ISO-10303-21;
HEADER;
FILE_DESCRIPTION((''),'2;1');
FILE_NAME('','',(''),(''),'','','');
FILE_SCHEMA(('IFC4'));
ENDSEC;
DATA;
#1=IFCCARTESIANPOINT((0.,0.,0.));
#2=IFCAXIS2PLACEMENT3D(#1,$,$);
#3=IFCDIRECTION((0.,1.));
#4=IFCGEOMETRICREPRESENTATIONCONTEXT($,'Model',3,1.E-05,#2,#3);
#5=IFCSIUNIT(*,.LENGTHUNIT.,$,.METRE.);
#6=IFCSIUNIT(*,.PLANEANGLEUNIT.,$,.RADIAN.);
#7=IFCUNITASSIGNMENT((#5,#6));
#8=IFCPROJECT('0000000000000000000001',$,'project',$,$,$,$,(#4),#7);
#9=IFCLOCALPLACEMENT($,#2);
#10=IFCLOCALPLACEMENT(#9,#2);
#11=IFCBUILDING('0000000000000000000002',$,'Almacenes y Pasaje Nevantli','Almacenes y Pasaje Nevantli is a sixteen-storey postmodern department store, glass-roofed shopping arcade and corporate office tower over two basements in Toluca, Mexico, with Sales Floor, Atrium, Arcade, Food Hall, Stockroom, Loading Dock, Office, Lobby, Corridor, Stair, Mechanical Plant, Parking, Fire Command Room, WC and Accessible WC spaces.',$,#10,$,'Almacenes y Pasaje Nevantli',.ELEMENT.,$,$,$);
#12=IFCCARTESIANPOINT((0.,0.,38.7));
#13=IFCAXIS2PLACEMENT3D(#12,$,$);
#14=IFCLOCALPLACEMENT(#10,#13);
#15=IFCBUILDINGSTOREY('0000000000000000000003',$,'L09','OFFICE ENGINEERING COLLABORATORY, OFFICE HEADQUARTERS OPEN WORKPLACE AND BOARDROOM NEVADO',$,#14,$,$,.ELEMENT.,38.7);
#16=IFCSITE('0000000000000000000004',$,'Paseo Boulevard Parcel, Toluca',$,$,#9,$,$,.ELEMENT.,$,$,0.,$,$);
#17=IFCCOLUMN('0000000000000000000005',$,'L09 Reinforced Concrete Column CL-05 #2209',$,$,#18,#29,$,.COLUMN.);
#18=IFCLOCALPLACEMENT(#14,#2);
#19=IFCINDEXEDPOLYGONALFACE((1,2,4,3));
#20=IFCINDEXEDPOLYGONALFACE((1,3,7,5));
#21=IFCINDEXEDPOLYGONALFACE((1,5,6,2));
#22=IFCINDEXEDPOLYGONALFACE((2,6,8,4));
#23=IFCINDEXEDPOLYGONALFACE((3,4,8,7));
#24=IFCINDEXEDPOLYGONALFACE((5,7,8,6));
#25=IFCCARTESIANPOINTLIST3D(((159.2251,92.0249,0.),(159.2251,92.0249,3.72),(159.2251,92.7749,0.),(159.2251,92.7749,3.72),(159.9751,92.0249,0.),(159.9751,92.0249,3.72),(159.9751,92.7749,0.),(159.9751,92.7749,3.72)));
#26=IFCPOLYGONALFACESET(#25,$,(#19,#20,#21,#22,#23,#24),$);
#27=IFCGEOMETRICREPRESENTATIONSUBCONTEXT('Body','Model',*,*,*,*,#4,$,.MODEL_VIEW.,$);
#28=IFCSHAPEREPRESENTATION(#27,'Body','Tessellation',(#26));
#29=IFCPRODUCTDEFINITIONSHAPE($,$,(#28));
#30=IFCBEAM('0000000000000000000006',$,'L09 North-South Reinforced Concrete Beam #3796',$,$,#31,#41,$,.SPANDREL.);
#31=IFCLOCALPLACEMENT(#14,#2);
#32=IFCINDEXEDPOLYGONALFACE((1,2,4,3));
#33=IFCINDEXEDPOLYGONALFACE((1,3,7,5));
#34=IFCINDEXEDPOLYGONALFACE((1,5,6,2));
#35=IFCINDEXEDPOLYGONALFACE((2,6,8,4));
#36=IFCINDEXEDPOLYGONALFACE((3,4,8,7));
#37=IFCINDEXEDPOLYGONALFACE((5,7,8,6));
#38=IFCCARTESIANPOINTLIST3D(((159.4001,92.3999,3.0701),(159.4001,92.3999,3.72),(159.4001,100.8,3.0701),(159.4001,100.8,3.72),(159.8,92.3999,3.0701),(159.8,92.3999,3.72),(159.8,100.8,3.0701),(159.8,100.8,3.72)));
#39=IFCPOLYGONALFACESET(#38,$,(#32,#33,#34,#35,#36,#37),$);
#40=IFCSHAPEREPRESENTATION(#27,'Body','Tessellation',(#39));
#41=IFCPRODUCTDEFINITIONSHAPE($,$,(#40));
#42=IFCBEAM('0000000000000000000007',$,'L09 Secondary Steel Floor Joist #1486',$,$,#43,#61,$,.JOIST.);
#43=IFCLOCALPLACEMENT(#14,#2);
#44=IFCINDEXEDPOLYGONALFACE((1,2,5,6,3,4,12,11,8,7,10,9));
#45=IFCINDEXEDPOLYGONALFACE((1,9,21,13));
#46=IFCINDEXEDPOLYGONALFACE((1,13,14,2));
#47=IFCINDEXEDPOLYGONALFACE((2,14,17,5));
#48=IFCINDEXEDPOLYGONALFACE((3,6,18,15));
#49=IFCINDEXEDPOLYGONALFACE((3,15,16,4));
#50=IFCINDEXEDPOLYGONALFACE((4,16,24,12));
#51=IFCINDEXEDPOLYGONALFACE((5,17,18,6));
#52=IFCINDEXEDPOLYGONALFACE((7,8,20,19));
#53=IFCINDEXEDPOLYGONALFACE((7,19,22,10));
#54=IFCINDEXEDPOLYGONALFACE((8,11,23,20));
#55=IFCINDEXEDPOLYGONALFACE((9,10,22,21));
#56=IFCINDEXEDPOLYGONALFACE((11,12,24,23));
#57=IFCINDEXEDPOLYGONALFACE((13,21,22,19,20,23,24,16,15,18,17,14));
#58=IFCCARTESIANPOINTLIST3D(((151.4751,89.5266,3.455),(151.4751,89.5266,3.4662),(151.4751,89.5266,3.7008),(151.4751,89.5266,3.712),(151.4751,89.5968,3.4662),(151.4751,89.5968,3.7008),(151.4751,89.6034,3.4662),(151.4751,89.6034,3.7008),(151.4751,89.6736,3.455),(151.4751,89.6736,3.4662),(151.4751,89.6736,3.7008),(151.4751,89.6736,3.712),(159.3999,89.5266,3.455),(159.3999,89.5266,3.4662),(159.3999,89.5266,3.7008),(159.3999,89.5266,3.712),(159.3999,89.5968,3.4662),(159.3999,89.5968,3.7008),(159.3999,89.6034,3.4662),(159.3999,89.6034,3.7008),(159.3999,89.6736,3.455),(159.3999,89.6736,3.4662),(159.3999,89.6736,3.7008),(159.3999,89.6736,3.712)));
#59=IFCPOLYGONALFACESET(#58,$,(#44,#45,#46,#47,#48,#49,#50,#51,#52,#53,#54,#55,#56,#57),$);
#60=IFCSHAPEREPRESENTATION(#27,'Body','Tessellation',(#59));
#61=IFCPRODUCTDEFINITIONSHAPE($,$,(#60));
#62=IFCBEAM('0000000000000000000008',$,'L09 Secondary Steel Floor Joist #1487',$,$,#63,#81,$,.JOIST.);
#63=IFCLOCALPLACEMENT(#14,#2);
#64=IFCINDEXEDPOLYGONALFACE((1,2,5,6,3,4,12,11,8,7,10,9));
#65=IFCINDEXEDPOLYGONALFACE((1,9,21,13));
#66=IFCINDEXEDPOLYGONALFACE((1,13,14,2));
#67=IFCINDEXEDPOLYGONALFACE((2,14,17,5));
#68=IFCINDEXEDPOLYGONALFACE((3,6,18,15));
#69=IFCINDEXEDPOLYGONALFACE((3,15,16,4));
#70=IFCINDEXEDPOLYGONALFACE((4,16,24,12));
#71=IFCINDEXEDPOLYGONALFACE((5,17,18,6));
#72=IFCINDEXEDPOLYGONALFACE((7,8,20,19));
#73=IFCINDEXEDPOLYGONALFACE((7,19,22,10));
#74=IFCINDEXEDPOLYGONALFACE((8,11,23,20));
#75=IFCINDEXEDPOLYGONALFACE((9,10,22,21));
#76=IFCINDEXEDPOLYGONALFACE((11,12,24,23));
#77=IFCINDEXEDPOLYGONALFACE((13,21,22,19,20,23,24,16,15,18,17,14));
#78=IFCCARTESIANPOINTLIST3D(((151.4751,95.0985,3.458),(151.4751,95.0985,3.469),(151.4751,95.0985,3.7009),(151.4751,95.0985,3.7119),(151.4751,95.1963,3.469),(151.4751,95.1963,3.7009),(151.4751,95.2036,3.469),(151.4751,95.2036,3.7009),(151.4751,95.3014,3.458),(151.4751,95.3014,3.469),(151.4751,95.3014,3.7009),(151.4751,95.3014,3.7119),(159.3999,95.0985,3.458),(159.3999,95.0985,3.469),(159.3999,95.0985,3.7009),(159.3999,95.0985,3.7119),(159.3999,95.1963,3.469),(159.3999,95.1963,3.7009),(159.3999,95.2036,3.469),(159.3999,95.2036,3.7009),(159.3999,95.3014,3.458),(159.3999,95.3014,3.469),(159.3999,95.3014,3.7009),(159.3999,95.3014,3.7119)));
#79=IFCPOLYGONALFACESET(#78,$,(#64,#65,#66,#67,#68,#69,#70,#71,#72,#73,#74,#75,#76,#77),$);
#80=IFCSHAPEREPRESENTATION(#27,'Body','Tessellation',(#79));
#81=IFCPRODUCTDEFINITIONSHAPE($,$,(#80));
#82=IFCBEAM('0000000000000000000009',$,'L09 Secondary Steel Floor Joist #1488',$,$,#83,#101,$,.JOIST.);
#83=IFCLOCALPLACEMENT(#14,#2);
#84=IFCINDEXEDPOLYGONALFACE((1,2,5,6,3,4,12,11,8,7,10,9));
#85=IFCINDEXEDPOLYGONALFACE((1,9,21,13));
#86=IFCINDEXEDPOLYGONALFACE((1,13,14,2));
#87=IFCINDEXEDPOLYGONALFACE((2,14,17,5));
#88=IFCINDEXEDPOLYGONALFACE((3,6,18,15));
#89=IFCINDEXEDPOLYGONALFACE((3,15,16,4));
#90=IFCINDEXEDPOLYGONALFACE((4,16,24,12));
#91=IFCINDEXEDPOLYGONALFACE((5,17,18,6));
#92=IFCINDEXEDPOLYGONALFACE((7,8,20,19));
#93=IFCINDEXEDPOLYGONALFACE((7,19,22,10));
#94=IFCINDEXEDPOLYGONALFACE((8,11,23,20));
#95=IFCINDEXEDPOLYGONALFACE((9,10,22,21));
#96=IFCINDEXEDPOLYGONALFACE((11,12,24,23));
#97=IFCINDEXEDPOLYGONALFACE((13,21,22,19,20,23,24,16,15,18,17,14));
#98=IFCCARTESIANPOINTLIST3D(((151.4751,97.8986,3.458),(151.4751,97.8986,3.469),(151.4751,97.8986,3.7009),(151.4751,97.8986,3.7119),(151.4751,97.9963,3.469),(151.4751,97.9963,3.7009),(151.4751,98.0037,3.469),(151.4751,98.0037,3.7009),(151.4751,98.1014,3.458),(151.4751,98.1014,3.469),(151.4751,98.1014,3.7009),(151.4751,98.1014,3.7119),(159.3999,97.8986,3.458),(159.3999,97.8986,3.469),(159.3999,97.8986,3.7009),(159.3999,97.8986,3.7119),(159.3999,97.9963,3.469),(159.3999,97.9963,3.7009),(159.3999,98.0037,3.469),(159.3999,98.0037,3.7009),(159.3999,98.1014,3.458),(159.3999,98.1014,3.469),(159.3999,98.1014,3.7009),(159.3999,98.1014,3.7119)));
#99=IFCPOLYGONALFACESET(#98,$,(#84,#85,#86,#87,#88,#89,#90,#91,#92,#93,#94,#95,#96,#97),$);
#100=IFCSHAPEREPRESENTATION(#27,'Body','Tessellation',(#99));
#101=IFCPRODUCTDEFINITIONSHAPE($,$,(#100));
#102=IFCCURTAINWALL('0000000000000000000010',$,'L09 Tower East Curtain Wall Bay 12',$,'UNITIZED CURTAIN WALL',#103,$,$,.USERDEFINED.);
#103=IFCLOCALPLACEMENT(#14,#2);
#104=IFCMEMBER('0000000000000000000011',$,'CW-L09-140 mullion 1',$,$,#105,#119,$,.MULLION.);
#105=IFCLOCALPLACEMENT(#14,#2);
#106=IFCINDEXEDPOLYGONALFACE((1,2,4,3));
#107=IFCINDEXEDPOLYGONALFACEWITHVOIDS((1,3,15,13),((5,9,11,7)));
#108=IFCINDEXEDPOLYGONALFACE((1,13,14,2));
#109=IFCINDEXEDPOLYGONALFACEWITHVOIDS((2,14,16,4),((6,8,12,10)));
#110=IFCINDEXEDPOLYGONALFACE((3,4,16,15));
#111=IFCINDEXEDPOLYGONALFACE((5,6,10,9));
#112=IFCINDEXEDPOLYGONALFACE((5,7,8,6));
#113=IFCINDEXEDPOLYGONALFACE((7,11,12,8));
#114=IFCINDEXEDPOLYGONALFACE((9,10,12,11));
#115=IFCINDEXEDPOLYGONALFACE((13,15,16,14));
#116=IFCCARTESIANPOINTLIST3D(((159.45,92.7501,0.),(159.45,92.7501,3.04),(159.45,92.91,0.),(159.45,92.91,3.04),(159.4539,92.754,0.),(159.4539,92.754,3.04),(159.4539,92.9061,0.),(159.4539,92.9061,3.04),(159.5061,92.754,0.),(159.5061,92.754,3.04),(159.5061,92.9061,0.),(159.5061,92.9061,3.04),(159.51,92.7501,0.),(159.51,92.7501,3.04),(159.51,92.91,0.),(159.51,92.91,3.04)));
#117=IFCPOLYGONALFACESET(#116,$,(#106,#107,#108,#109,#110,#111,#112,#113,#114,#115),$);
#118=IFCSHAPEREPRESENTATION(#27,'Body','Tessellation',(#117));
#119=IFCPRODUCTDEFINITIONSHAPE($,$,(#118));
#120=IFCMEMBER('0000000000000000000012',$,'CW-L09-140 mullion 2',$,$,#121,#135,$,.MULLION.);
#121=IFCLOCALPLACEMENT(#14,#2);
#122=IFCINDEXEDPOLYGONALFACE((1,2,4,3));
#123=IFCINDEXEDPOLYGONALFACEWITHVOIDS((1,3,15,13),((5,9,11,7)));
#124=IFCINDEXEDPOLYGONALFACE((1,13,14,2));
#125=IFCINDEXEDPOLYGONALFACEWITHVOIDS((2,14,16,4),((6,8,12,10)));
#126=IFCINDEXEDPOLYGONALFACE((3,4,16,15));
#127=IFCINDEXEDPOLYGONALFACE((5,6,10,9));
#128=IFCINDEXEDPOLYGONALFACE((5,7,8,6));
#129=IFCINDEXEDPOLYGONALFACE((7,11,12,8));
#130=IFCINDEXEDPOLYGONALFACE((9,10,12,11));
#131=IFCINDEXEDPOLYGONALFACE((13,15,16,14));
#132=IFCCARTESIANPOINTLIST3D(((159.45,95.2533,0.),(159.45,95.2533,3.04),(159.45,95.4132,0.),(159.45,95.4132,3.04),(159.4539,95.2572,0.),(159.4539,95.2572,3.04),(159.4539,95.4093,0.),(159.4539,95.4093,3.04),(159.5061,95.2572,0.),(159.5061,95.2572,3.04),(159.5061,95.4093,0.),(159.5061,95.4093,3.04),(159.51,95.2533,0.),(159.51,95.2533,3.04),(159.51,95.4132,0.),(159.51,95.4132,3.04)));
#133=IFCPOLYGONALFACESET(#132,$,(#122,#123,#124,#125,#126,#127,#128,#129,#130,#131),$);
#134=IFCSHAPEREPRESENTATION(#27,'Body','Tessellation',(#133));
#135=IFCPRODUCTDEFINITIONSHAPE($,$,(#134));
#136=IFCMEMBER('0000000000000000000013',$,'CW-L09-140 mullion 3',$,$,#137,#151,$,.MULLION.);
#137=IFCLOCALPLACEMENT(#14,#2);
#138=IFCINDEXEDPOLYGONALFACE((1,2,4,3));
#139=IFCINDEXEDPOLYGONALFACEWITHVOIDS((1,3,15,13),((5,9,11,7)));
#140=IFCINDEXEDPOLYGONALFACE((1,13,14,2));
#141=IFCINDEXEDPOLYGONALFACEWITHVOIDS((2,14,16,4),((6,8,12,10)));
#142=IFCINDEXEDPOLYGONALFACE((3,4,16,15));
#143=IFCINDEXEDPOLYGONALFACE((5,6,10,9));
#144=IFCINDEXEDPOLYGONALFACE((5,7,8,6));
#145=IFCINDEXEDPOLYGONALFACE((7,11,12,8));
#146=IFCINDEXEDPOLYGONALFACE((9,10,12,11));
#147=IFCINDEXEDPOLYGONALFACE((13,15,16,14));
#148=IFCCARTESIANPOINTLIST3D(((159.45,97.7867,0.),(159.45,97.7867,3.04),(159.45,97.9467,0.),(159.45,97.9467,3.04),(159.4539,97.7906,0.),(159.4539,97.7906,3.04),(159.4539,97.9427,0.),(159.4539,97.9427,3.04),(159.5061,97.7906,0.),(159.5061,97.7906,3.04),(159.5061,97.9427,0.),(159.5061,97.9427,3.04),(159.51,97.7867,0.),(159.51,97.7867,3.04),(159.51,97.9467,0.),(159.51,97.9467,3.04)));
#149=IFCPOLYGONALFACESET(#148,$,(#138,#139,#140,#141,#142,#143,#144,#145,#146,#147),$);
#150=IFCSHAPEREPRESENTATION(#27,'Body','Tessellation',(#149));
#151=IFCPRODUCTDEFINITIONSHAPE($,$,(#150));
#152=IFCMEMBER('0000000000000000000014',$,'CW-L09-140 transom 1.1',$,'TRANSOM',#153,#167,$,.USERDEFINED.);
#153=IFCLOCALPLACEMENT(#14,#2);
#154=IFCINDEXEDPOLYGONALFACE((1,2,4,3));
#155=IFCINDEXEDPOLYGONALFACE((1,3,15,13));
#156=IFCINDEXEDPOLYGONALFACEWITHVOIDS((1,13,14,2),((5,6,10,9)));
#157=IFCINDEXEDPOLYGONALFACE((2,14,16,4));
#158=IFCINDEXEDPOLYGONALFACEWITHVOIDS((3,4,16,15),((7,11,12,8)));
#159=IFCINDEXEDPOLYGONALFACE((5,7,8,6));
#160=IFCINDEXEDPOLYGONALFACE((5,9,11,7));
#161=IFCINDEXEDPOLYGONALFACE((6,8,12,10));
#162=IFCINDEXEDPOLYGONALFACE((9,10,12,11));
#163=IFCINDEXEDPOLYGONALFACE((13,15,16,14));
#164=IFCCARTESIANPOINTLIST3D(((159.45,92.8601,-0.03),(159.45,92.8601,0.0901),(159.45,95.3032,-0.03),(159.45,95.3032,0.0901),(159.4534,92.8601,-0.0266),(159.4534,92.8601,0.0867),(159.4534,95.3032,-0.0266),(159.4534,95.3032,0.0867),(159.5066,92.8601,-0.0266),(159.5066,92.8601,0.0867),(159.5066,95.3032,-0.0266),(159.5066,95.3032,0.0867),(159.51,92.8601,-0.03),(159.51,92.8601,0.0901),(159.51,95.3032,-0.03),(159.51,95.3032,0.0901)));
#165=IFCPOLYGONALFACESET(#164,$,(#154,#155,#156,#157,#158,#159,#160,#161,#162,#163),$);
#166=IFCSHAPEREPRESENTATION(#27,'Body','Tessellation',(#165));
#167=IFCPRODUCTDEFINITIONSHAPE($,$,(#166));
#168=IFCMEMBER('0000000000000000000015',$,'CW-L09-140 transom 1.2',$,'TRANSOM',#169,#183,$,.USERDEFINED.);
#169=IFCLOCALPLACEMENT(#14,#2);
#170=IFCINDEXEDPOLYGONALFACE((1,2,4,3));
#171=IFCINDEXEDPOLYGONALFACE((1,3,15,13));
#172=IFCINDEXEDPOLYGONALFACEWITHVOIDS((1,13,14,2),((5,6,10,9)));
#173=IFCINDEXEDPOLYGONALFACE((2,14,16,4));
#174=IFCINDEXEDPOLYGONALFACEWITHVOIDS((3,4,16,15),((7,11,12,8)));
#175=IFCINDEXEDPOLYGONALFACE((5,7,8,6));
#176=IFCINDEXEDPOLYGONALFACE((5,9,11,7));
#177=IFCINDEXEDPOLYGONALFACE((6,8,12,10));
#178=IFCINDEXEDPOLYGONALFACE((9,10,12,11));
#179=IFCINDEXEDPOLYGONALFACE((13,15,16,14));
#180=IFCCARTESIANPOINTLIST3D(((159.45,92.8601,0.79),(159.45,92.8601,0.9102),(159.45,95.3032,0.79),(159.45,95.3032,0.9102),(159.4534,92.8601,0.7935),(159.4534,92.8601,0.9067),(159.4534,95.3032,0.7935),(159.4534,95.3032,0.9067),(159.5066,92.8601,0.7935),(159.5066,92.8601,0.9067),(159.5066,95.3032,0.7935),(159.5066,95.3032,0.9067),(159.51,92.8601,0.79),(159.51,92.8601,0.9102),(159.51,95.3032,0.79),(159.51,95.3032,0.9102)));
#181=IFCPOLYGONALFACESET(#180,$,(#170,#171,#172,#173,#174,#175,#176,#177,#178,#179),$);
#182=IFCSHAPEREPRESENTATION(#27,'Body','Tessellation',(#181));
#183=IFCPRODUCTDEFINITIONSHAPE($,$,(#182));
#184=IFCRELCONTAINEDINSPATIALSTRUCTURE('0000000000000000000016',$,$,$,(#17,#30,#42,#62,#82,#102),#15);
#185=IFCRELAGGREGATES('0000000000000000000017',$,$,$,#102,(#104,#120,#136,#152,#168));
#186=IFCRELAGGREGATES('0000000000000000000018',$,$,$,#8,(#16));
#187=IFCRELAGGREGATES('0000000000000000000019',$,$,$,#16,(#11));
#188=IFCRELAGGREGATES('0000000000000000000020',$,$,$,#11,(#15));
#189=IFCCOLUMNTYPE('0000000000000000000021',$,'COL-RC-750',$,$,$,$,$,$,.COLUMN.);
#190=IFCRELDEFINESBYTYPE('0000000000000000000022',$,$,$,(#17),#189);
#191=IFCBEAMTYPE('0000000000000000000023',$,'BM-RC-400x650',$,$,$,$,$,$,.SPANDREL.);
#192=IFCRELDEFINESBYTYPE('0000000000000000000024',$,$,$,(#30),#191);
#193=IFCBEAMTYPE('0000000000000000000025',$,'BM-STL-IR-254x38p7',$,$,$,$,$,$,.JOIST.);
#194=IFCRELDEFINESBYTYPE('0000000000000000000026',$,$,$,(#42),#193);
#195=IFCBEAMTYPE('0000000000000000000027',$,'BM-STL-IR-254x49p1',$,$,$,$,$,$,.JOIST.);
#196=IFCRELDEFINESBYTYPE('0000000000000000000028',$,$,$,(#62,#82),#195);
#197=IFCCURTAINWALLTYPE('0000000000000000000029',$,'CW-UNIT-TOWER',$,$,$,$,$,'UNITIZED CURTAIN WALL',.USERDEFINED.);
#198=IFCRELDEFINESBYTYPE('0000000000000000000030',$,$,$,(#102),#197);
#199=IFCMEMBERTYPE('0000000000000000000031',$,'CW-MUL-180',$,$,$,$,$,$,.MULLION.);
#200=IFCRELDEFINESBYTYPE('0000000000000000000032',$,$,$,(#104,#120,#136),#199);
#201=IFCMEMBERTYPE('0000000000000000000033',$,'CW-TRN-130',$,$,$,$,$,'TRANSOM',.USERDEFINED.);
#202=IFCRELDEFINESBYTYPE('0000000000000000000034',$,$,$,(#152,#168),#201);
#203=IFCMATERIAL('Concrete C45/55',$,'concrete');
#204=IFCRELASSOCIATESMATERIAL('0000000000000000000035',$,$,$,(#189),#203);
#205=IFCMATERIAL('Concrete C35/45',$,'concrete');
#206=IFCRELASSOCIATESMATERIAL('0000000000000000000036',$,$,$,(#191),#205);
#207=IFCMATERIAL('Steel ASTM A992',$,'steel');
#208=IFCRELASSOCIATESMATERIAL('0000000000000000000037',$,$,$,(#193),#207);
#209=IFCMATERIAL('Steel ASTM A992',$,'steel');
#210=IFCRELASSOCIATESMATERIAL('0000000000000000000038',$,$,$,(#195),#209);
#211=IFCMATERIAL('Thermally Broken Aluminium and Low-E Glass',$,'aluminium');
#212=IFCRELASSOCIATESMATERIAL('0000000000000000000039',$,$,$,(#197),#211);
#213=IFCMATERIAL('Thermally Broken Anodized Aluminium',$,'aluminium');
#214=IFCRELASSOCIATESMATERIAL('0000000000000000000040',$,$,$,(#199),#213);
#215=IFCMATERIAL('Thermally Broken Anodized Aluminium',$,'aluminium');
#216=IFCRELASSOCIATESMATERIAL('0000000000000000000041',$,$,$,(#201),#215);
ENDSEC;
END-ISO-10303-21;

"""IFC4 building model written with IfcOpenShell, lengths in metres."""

from ifc_helpers import new_model, si_unit, direction, frame, origin, origin_2d, place, context, subcontext, project, spatial, rectangle, hollow_rectangle, i_section, extrude, material, material_profile, profile_set, type_object, element, aggregate, save


model = new_model("IFC4")

# Units and contexts
model_context = context("Model", 3, precision=1e-05, world=origin(), true_north=direction((0.0, 1.0)))
body_context = subcontext(model_context, "Body", "Model", "MODEL_VIEW")
ifc_project = project(units=[si_unit("LENGTHUNIT", "METRE"), si_unit("PLANEANGLEUNIT", "RADIAN")], contexts=[model_context])

# Site, building, storey
site_placement = place(None, origin())
site = spatial("IfcSite", under=ifc_project, at=site_placement, Name="Paseo Boulevard Parcel, Toluca", CompositionType="ELEMENT", RefElevation=0.0)
building_placement = place(site_placement, origin())
building = spatial("IfcBuilding", under=site, at=building_placement, Name="Almacenes y Pasaje Nevantli", Description="Almacenes y Pasaje Nevantli is a sixteen-storey postmodern department store, glass-roofed shopping arcade and corporate office tower over two basements in Toluca, Mexico, with Sales Floor, Atrium, Arcade, Food Hall, Stockroom, Loading Dock, Office, Lobby, Corridor, Stair, Mechanical Plant, Parking, Fire Command Room, WC and Accessible WC spaces.", LongName="Almacenes y Pasaje Nevantli", CompositionType="ELEMENT")
storey_placement = place(building_placement, frame((0.0, 0.0, 38.7)))
storey = spatial("IfcBuildingStorey", under=building, at=storey_placement, Name="L09", Description="OFFICE ENGINEERING COLLABORATORY, OFFICE HEADQUARTERS OPEN WORKPLACE AND BOARDROOM NEVADO", CompositionType="ELEMENT", Elevation=38.7)

# Column
ifc_material_1 = material(Name="Concrete C45/55", Category="concrete")
ifc_material_profile_1 = material_profile(ifc_material_1, rectangle(XDim=0.75, YDim=0.75, at=origin_2d()), Name="RC-COL-750x750")
ifc_profile_set_1 = profile_set([ifc_material_profile_1], Name="Concrete C45/55")
column_type = type_object("IfcColumnType", Name="COL-RC-750", PredefinedType="COLUMN", material=ifc_profile_set_1)
column_placement = place(storey_placement, frame((159.6001, 92.3999, 0.0), z_axis=(0.0, 0.0, 1.0), x_axis=(1.0, 0.0, 0.0)))
element("IfcColumn", 1, at=column_placement, inside=storey, type_object=column_type, Name="L09 Reinforced Concrete Column CL-05 #2209", PredefinedType="COLUMN", context=body_context, shape_type="SweptSolid", body=[
    extrude(rectangle(XDim=0.75, YDim=0.75, at=origin_2d()), origin(), (0.0, 0.0, 1.0), 3.72),
])

# Beams
ifc_material_2 = material(Name="Concrete C35/45", Category="concrete")
ifc_material_profile_2 = material_profile(ifc_material_2, rectangle(XDim=0.3999, YDim=0.6499, at=origin_2d()), Name="RC-BM-400x650")
ifc_profile_set_2 = profile_set([ifc_material_profile_2], Name="Concrete C35/45")
beam_type_1 = type_object("IfcBeamType", Name="BM-RC-400x650", PredefinedType="SPANDREL", material=ifc_profile_set_2)
beam_1_placement = place(storey_placement, frame((159.6001, 92.3999, 3.395), z_axis=(0.0, 1.0, 0.0), x_axis=(-1.0, 0.0, 0.0)))
element("IfcBeam", 2, at=beam_1_placement, inside=storey, type_object=beam_type_1, Name="L09 North-South Reinforced Concrete Beam #3796", PredefinedType="SPANDREL", context=body_context, shape_type="SweptSolid", body=[
    extrude(rectangle(XDim=0.3999, YDim=0.6499, at=origin_2d()), origin(), (0.0, 0.0, 1.0), 8.4001),
])
ifc_material_3 = material(Name="Steel ASTM A992", Category="steel")
ifc_material_profile_3 = material_profile(ifc_material_3, i_section(OverallWidth=0.147, OverallDepth=0.2571, WebThickness=0.0066, FlangeThickness=0.0112, at=origin_2d()), Name="IR 254x38.7")
ifc_profile_set_3 = profile_set([ifc_material_profile_3], Name="Steel ASTM A992")
beam_type_2 = type_object("IfcBeamType", Name="BM-STL-IR-254x38p7", PredefinedType="JOIST", material=ifc_profile_set_3)
beam_2_placement = place(storey_placement, frame((151.4751, 89.6001, 3.5835), z_axis=(1.0, 0.0, 0.0), x_axis=(0.0, 1.0, 0.0)))
element("IfcBeam", 3, at=beam_2_placement, inside=storey, type_object=beam_type_2, Name="L09 Secondary Steel Floor Joist #1486", PredefinedType="JOIST", context=body_context, shape_type="SweptSolid", body=[
    extrude(i_section(OverallWidth=0.147, OverallDepth=0.2571, WebThickness=0.0066, FlangeThickness=0.0112, at=origin_2d()), origin(), (0.0, 0.0, 1.0), 7.9248),
])
ifc_material_4 = material(Name="Steel ASTM A992", Category="steel")
ifc_material_profile_4 = material_profile(ifc_material_4, i_section(OverallWidth=0.2029, OverallDepth=0.2539, WebThickness=0.0073, FlangeThickness=0.011, at=origin_2d()), Name="IR 254x49.1")
ifc_profile_set_4 = profile_set([ifc_material_profile_4], Name="Steel ASTM A992")
beam_type_3 = type_object("IfcBeamType", Name="BM-STL-IR-254x49p1", PredefinedType="JOIST", material=ifc_profile_set_4)
for number, where, z_axis, x_axis, name in (
    (4, (151.4751, 95.2, 3.585), (1.0, 0.0, 0.0), (0.0, 1.0, 0.0), "L09 Secondary Steel Floor Joist #1487"),
    (5, (151.4751, 98.0, 3.585), (1.0, 0.0, 0.0), (0.0, 1.0, 0.0), "L09 Secondary Steel Floor Joist #1488"),
):
    element("IfcBeam", number, at=place(storey_placement, frame(where, z_axis=z_axis, x_axis=x_axis)), inside=storey, type_object=beam_type_3, Name=name, PredefinedType="JOIST", context=body_context, shape_type="SweptSolid", body=[
        extrude(i_section(OverallWidth=0.2029, OverallDepth=0.2539, WebThickness=0.0073, FlangeThickness=0.011, at=origin_2d()), origin(), (0.0, 0.0, 1.0), 7.9248),
    ])

# Curtain wall, members
ifc_material_5 = material(Name="Thermally Broken Aluminium and Low-E Glass", Category="aluminium")
curtain_wall_type = type_object("IfcCurtainWallType", Name="CW-UNIT-TOWER", ElementType="UNITIZED CURTAIN WALL", PredefinedType="USERDEFINED", material=ifc_material_5)
curtain_wall_placement = place(storey_placement, origin())
curtain_wall = element("IfcCurtainWall", 6, at=curtain_wall_placement, inside=storey, type_object=curtain_wall_type, Name="L09 Tower East Curtain Wall Bay 12", ObjectType="UNITIZED CURTAIN WALL", PredefinedType="USERDEFINED")
ifc_material_6 = material(Name="Thermally Broken Anodized Aluminium", Category="aluminium")
ifc_material_profile_5 = material_profile(ifc_material_6, hollow_rectangle(XDim=0.0601, YDim=0.1599, WallThickness=0.0039, at=origin_2d()), Name="ALU-MUL-60x160")
ifc_profile_set_5 = profile_set([ifc_material_profile_5], Name="Thermally Broken Anodized Aluminium")
member_type_1 = type_object("IfcMemberType", Name="CW-MUL-180", PredefinedType="MULLION", material=ifc_profile_set_5)
member_1_placement = place(storey_placement, frame((159.48, 92.8301, 0.0), z_axis=(0.0, 0.0, 1.0), x_axis=(-1.0, 0.0, 0.0)))
member_1 = element("IfcMember", 7, at=member_1_placement, type_object=member_type_1, Name="CW-L09-140 mullion 1", PredefinedType="MULLION", context=body_context, shape_type="SweptSolid", body=[
    extrude(hollow_rectangle(XDim=0.0601, YDim=0.1599, WallThickness=0.0039, at=origin_2d()), origin(), (0.0, 0.0, 1.0), 3.04),
])
member_2_placement = place(storey_placement, frame((159.48, 95.3333, 0.0), z_axis=(0.0, 0.0, 1.0), x_axis=(-1.0, 0.0, 0.0)))
member_2 = element("IfcMember", 8, at=member_2_placement, type_object=member_type_1, Name="CW-L09-140 mullion 2", PredefinedType="MULLION", context=body_context, shape_type="SweptSolid", body=[
    extrude(hollow_rectangle(XDim=0.0601, YDim=0.1599, WallThickness=0.0039, at=origin_2d()), origin(), (0.0, 0.0, 1.0), 3.04),
])
member_3_placement = place(storey_placement, frame((159.48, 97.8667, 0.0), z_axis=(0.0, 0.0, 1.0), x_axis=(-1.0, 0.0, 0.0)))
member_3 = element("IfcMember", 9, at=member_3_placement, type_object=member_type_1, Name="CW-L09-140 mullion 3", PredefinedType="MULLION", context=body_context, shape_type="SweptSolid", body=[
    extrude(hollow_rectangle(XDim=0.0601, YDim=0.1599, WallThickness=0.0039, at=origin_2d()), origin(), (0.0, 0.0, 1.0), 3.04),
])
ifc_material_7 = material(Name="Thermally Broken Anodized Aluminium", Category="aluminium")
ifc_material_profile_6 = material_profile(ifc_material_7, hollow_rectangle(XDim=0.0601, YDim=0.1201, WallThickness=0.0034, at=origin_2d()), Name="ALU-TRN-60x120")
ifc_profile_set_6 = profile_set([ifc_material_profile_6], Name="Thermally Broken Anodized Aluminium")
member_type_2 = type_object("IfcMemberType", Name="CW-TRN-130", ElementType="TRANSOM", PredefinedType="USERDEFINED", material=ifc_profile_set_6)
member_4_placement = place(storey_placement, frame((159.48, 92.8601, 0.03), z_axis=(0.0, 1.0, 0.0), x_axis=(-1.0, 0.0, 0.0)))
member_4 = element("IfcMember", 10, at=member_4_placement, type_object=member_type_2, Name="CW-L09-140 transom 1.1", ObjectType="TRANSOM", PredefinedType="USERDEFINED", context=body_context, shape_type="SweptSolid", body=[
    extrude(hollow_rectangle(XDim=0.0601, YDim=0.1201, WallThickness=0.0034, at=origin_2d()), origin(), (0.0, 0.0, 1.0), 2.4431),
])
member_5_placement = place(storey_placement, frame((159.48, 92.8601, 0.8501), z_axis=(0.0, 1.0, 0.0), x_axis=(-1.0, 0.0, 0.0)))
member_5 = element("IfcMember", 11, at=member_5_placement, type_object=member_type_2, Name="CW-L09-140 transom 1.2", ObjectType="TRANSOM", PredefinedType="USERDEFINED", context=body_context, shape_type="SweptSolid", body=[
    extrude(hollow_rectangle(XDim=0.0601, YDim=0.1201, WallThickness=0.0034, at=origin_2d()), origin(), (0.0, 0.0, 1.0), 2.4431),
])
aggregate(curtain_wall, [member_1, member_2, member_3, member_4, member_5])

save(model, "model.ifc")
